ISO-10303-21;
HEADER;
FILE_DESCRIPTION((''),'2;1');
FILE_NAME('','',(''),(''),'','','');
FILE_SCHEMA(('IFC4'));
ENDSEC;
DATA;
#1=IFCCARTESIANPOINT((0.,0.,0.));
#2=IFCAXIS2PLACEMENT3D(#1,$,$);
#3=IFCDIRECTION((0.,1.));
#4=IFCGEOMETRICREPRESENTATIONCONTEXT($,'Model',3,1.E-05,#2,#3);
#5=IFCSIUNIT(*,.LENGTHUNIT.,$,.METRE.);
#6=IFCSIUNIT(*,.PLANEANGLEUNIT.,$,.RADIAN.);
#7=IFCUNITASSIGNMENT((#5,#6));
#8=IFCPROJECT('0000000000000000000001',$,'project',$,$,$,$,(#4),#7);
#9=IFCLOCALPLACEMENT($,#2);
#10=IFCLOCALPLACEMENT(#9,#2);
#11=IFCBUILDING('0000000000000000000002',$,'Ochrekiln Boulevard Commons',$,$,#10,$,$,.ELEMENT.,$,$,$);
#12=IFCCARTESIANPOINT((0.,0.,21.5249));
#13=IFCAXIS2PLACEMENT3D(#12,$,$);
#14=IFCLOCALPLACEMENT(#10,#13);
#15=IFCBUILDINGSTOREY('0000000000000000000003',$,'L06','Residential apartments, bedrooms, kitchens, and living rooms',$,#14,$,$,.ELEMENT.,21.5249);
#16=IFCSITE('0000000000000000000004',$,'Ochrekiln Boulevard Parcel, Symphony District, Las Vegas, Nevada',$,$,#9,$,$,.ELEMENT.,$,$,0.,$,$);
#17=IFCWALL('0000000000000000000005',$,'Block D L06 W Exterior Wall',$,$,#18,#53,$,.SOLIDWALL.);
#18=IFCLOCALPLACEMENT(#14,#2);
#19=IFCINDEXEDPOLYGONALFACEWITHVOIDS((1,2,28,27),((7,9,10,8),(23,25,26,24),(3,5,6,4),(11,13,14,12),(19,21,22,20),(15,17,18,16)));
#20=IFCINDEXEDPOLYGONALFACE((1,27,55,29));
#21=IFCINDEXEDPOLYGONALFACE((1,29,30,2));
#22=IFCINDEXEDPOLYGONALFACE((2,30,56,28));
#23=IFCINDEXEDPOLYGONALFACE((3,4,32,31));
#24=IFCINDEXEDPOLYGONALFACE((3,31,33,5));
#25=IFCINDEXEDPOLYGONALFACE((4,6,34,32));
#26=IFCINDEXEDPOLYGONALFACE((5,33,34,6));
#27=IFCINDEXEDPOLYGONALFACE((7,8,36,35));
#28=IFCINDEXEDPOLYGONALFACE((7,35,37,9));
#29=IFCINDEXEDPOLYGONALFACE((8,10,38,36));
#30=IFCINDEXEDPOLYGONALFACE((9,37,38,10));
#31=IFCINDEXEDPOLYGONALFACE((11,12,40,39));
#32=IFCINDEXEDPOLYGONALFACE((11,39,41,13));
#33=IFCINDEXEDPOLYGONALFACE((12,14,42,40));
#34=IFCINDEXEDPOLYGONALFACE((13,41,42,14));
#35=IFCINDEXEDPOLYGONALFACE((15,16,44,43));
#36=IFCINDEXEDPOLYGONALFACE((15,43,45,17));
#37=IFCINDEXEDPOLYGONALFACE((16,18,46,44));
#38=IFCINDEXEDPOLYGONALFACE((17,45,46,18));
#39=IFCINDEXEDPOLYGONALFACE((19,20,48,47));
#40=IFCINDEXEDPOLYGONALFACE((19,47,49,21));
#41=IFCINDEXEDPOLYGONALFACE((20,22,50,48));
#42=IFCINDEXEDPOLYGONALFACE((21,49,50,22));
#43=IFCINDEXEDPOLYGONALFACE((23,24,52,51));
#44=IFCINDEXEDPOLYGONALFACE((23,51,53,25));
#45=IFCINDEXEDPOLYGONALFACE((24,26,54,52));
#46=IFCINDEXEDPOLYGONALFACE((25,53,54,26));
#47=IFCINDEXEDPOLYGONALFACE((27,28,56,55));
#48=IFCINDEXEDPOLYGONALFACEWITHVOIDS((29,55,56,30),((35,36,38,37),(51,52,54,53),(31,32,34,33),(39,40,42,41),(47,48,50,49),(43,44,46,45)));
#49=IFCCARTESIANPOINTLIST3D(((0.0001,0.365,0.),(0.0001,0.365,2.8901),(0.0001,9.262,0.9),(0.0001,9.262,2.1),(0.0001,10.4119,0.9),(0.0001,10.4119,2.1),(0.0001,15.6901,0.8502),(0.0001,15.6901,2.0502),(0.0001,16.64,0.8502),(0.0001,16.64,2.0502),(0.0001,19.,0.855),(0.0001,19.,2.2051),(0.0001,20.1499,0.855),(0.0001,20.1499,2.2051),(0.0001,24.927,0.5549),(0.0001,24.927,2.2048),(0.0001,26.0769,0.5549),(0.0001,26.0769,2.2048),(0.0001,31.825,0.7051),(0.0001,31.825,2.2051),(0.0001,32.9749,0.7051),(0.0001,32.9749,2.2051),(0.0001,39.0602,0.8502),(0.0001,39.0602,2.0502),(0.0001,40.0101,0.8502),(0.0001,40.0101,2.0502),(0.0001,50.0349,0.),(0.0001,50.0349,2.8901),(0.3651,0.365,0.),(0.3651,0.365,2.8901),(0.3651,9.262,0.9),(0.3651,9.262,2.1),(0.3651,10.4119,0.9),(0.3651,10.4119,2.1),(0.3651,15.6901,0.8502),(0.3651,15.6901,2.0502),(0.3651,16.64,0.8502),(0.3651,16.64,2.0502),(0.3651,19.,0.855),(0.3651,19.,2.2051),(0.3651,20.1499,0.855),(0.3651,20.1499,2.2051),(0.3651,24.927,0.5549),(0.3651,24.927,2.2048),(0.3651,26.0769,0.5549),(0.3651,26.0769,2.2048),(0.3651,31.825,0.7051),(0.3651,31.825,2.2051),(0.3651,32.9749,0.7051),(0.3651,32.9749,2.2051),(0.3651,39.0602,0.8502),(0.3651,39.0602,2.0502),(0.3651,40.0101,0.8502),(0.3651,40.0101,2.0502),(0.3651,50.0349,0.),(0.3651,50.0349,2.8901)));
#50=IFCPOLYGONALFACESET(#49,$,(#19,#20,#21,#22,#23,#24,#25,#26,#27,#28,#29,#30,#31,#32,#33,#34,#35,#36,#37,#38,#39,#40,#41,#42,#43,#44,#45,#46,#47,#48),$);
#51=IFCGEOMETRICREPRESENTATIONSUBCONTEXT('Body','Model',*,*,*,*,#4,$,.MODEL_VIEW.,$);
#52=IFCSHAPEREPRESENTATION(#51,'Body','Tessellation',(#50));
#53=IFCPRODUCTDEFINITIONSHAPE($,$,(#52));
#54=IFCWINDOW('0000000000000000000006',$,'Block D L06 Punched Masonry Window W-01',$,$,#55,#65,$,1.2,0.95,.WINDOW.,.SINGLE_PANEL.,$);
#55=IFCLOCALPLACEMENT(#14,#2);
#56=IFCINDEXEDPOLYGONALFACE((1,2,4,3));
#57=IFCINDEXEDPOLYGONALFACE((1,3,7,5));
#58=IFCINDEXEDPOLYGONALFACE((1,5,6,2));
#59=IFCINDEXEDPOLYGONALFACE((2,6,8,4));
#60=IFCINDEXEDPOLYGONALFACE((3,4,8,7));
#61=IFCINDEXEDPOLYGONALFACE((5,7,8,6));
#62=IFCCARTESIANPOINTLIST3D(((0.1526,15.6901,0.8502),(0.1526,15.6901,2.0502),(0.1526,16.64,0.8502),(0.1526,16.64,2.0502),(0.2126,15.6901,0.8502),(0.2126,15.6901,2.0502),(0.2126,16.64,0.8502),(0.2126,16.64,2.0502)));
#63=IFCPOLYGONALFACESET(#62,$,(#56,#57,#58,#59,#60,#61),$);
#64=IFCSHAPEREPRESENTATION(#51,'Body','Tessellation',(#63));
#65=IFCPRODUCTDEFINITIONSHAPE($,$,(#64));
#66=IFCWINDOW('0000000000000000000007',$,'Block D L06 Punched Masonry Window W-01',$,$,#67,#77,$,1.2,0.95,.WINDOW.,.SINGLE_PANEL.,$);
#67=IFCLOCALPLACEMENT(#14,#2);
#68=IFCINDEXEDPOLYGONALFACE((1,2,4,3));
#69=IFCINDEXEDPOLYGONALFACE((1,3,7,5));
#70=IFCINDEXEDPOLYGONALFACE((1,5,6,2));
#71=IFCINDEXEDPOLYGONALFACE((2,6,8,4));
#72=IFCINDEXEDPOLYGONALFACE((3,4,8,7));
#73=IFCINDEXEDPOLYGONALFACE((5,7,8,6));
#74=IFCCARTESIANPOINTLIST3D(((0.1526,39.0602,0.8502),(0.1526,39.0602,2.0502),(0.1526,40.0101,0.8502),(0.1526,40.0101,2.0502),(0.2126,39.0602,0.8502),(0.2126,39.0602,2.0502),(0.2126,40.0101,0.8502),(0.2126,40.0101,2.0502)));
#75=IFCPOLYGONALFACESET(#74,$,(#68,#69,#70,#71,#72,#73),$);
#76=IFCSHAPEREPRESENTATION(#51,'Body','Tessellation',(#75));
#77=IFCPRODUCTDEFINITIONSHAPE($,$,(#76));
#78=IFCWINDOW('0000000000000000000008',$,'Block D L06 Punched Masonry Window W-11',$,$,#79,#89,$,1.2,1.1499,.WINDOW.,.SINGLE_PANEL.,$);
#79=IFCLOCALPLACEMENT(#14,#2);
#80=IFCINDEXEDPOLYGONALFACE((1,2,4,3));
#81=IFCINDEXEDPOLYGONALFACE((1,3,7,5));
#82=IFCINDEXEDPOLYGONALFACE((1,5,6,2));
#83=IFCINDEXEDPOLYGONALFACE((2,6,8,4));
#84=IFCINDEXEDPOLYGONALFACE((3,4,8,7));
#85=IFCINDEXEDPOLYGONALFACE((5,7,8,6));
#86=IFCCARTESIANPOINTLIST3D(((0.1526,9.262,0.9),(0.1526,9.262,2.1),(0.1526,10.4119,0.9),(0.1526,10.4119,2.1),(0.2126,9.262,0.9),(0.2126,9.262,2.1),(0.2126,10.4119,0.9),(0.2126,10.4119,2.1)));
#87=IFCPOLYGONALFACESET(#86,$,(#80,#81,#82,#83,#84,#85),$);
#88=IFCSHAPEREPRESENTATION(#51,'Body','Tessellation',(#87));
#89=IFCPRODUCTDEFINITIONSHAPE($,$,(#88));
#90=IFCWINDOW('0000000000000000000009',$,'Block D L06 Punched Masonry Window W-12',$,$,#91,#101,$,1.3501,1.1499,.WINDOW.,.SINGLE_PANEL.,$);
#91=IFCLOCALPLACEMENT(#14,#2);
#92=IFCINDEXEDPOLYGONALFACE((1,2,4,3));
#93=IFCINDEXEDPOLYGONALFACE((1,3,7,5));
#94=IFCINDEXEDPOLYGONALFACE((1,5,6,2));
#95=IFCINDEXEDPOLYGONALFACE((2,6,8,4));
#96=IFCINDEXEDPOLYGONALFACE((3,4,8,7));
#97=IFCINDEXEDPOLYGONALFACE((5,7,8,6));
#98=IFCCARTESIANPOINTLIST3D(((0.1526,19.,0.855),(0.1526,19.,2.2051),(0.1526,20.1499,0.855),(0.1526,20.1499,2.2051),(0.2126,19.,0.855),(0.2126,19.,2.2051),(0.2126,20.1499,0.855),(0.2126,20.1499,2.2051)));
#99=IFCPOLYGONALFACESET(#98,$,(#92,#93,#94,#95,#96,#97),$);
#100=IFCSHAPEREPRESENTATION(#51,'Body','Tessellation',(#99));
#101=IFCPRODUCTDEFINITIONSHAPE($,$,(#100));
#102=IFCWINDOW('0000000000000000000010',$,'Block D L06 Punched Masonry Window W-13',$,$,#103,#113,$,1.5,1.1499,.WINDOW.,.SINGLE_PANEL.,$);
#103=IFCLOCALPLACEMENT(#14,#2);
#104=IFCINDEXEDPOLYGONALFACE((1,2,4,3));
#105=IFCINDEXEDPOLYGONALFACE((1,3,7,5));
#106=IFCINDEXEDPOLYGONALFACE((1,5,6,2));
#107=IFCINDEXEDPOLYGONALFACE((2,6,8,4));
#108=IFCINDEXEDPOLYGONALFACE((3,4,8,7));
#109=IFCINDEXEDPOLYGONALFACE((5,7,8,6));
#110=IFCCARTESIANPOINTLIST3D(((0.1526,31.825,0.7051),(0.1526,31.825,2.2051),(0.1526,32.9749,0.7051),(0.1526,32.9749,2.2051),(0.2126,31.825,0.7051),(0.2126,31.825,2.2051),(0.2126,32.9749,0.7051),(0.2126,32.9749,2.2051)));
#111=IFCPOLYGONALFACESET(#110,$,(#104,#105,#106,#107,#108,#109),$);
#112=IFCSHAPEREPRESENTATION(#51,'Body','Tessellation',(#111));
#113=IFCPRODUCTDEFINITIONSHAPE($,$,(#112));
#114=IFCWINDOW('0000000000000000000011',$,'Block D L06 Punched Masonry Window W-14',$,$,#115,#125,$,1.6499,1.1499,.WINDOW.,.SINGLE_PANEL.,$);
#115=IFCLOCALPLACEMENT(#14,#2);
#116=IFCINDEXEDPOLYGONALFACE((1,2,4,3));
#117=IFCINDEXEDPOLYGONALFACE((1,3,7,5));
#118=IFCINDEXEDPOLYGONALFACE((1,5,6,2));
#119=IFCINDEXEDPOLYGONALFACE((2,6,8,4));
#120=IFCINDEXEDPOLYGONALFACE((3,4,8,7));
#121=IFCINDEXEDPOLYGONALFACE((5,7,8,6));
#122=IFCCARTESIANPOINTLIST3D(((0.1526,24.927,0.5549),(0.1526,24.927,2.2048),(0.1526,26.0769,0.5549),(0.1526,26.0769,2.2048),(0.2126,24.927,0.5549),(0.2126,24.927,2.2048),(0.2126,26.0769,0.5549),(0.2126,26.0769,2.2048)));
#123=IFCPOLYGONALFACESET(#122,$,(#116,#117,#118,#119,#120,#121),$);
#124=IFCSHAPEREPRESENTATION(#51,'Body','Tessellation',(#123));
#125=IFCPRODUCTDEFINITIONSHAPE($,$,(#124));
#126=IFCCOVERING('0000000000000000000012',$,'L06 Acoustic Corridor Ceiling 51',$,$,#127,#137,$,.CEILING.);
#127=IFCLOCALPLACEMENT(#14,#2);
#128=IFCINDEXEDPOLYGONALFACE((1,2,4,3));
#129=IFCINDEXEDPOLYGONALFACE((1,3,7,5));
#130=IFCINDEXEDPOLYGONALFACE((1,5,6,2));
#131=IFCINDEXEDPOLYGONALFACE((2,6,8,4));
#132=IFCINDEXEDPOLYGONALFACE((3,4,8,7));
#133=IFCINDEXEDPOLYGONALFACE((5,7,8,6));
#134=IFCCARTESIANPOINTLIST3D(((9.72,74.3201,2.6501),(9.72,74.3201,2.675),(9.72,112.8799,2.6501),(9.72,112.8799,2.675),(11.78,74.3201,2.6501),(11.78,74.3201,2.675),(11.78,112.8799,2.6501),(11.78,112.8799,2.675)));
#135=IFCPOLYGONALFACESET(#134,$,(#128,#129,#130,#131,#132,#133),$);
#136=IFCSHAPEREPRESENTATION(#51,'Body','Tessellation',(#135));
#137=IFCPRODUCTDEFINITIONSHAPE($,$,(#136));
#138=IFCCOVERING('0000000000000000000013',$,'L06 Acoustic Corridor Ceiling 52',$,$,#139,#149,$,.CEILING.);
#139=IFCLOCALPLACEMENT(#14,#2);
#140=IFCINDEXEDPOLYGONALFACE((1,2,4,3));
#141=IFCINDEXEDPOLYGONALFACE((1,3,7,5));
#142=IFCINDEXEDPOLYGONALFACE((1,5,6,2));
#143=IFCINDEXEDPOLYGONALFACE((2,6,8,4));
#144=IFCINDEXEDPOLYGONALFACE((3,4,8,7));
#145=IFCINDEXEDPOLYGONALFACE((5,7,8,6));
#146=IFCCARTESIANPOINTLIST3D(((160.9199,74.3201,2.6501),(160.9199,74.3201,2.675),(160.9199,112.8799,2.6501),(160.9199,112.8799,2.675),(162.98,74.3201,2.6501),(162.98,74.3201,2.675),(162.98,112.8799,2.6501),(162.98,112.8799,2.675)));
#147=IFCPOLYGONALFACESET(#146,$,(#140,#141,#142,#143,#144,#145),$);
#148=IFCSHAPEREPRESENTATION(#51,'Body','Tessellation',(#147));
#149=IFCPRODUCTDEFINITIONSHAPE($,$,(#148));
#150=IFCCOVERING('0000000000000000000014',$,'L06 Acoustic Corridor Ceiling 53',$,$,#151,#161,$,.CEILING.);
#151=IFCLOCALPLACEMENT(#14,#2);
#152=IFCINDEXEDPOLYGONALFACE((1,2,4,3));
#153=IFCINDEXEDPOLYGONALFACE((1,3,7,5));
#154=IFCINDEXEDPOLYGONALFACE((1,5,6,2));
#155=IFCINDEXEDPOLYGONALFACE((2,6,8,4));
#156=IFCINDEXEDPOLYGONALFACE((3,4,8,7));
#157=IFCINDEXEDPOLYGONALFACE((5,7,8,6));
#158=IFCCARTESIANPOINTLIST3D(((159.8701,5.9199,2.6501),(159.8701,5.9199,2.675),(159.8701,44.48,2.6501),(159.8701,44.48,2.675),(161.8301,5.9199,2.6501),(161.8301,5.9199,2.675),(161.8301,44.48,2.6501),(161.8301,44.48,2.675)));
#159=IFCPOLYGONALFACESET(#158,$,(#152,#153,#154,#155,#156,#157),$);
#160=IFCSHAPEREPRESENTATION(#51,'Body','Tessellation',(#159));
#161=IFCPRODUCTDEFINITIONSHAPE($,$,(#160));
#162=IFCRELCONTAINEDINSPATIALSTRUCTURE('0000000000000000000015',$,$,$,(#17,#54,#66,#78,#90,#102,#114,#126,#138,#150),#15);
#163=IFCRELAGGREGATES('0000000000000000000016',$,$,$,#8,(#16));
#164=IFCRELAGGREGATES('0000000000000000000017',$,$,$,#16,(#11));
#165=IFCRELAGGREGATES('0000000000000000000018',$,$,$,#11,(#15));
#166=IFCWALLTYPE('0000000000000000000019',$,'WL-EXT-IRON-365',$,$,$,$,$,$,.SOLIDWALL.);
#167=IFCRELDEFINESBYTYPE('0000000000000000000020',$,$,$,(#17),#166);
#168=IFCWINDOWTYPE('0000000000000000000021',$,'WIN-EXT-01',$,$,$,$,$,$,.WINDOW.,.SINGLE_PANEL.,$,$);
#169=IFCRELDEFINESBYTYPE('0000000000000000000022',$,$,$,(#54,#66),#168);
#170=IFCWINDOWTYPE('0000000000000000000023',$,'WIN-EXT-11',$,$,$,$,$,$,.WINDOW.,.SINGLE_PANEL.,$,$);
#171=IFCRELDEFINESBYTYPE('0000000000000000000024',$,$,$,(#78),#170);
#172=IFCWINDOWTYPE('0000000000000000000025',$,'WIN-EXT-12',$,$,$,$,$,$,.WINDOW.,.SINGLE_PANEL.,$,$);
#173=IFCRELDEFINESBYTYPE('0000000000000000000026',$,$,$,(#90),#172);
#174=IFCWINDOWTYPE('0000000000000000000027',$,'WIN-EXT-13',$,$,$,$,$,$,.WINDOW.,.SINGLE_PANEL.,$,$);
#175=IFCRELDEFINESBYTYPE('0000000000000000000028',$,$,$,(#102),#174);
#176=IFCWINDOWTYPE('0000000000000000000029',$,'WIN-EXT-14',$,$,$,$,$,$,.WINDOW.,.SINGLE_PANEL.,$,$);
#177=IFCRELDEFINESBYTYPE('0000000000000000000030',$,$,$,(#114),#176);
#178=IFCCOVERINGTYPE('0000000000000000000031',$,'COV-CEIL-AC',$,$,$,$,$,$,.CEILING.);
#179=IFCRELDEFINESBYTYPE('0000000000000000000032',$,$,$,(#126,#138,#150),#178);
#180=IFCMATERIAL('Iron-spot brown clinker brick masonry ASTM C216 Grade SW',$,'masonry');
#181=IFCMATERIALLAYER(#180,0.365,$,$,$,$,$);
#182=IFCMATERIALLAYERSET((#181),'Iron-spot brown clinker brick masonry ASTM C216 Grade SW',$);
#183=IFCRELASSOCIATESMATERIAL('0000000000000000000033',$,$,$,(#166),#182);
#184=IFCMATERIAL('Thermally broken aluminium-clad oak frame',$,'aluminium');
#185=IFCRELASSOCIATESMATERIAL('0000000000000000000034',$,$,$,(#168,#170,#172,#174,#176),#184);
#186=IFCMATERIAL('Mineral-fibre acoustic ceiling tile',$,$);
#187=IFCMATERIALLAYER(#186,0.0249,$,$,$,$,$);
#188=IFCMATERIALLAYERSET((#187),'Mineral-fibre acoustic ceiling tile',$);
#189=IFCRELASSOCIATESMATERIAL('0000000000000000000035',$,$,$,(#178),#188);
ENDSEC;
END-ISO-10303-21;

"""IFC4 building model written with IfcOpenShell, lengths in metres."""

from ifc_helpers import new_model, si_unit, direction, frame, frame_2d, origin, place, context, subcontext, project, spatial, polyline, rectangle, outline, extrude, material, layer, layer_set, type_object, element, fill, save


model = new_model("IFC4")

# Units and contexts
model_context = context("Model", 3, precision=1e-05, world=origin(), true_north=direction((0.0, 1.0)))
body_context = subcontext(model_context, "Body", "Model", "MODEL_VIEW")
ifc_project = project(units=[si_unit("LENGTHUNIT", "METRE"), si_unit("PLANEANGLEUNIT", "RADIAN")], contexts=[model_context])

# Site, building, storey
site_placement = place(None, origin())
site = spatial("IfcSite", under=ifc_project, at=site_placement, Name="Ochrekiln Boulevard Parcel, Symphony District, Las Vegas, Nevada", CompositionType="ELEMENT", RefElevation=0.0)
building_placement = place(site_placement, origin())
building = spatial("IfcBuilding", under=site, at=building_placement, Name="Ochrekiln Boulevard Commons", CompositionType="ELEMENT")
storey_placement = place(building_placement, frame((0.0, 0.0, 21.5249)))
storey = spatial("IfcBuildingStorey", under=building, at=storey_placement, Name="L06", Description="Residential apartments, bedrooms, kitchens, and living rooms", CompositionType="ELEMENT", Elevation=21.5249)

# Shared definitions
ifc_material_1 = material(Name="Iron-spot brown clinker brick masonry ASTM C216 Grade SW", Category="masonry")
ifc_layer_1 = layer(ifc_material_1, 0.365)
ifc_layer_set_1 = layer_set([ifc_layer_1], Name="Iron-spot brown clinker brick masonry ASTM C216 Grade SW")
wall_type = type_object("IfcWallType", Name="WL-EXT-IRON-365", PredefinedType="SOLIDWALL", material=ifc_layer_set_1)

# Wall, openings, windows
wall_1_placement = place(storey_placement, frame((0.1826, 0.365, 0.0), z_axis=(0.0, 0.0, 1.0), x_axis=(0.0, 1.0, 0.0)))
wall_1 = element("IfcWall", 1, at=wall_1_placement, inside=storey, type_object=wall_type, Name="Block D L06 W Exterior Wall", PredefinedType="SOLIDWALL", context=body_context, shape_type="SweptSolid", body=[
    extrude(rectangle(XDim=49.6699, YDim=0.365, at=frame_2d((24.835, 0.0))), origin(), (0.0, 0.0, 1.0), 2.8901),
])
opening_1_placement = place(wall_1_placement, frame((15.325, 0.0, 0.8501)))
opening_1 = element("IfcOpeningElement", 2, at=opening_1_placement, cuts=wall_1, PredefinedType="OPENING", context=body_context, shape_type="SweptSolid", body=[
    extrude(rectangle(XDim=0.95, YDim=1.2, at=frame_2d((0.4751, 0.6001))), frame((0.0, 0.1924, 0.0), z_axis=(0.0, -1.0, 0.0), x_axis=(1.0, 0.0, 0.0)), (0.0, 0.0, 1.0), 0.385),
])
opening_2_placement = place(wall_1_placement, frame((8.897, 0.0, 0.8999)))
opening_2 = element("IfcOpeningElement", 3, at=opening_2_placement, cuts=wall_1, PredefinedType="OPENING", context=body_context, shape_type="SweptSolid", body=[
    extrude(rectangle(XDim=1.1499, YDim=1.2, at=frame_2d((0.575, 0.6001))), frame((0.0, 0.1924, 0.0), z_axis=(0.0, -1.0, 0.0), x_axis=(1.0, 0.0, 0.0)), (0.0, 0.0, 1.0), 0.385),
])
opening_3_placement = place(wall_1_placement, frame((18.635, 0.0, 0.855)))
opening_3 = element("IfcOpeningElement", 4, at=opening_3_placement, cuts=wall_1, PredefinedType="OPENING", context=body_context, shape_type="SweptSolid", body=[
    extrude(rectangle(XDim=1.1499, YDim=1.3501, at=frame_2d((0.575, 0.675))), frame((0.0, 0.1924, 0.0), z_axis=(0.0, -1.0, 0.0), x_axis=(1.0, 0.0, 0.0)), (0.0, 0.0, 1.0), 0.385),
])
opening_4_placement = place(wall_1_placement, frame((31.46, 0.0, 0.7051)))
opening_4 = element("IfcOpeningElement", 5, at=opening_4_placement, cuts=wall_1, PredefinedType="OPENING", context=body_context, shape_type="SweptSolid", body=[
    extrude(rectangle(XDim=1.1499, YDim=1.5, at=frame_2d((0.575, 0.75))), frame((0.0, 0.1924, 0.0), z_axis=(0.0, -1.0, 0.0), x_axis=(1.0, 0.0, 0.0)), (0.0, 0.0, 1.0), 0.385),
])
opening_5_placement = place(wall_1_placement, frame((24.562, 0.0, 0.5549)))
opening_5 = element("IfcOpeningElement", 6, at=opening_5_placement, cuts=wall_1, PredefinedType="OPENING", context=body_context, shape_type="SweptSolid", body=[
    extrude(rectangle(XDim=1.1499, YDim=1.6499, at=frame_2d((0.575, 0.825))), frame((0.0, 0.1924, 0.0), z_axis=(0.0, -1.0, 0.0), x_axis=(1.0, 0.0, 0.0)), (0.0, 0.0, 1.0), 0.385),
])
opening_6_placement = place(wall_1_placement, frame((38.6951, 0.0, 0.8501)))
opening_6 = element("IfcOpeningElement", 7, at=opening_6_placement, cuts=wall_1, PredefinedType="OPENING", context=body_context, shape_type="SweptSolid", body=[
    extrude(rectangle(XDim=0.95, YDim=1.2, at=frame_2d((0.4751, 0.6001))), frame((0.0, 0.1924, 0.0), z_axis=(0.0, -1.0, 0.0), x_axis=(1.0, 0.0, 0.0)), (0.0, 0.0, 1.0), 0.385),
])
ifc_material_2 = material(Name="Thermally broken aluminium-clad oak frame", Category="aluminium")
window_type_1 = type_object("IfcWindowType", Name="WIN-EXT-01", PartitioningType="SINGLE_PANEL", PredefinedType="WINDOW", material=ifc_material_2)
window_1_placement = place(opening_1_placement, origin())
window_1 = element("IfcWindow", 8, at=window_1_placement, inside=storey, type_object=window_type_1, Name="Block D L06 Punched Masonry Window W-01", OverallHeight=1.2, OverallWidth=0.95, PartitioningType="SINGLE_PANEL", PredefinedType="WINDOW", context=body_context, shape_type="SweptSolid", body=[
    extrude(rectangle(XDim=0.95, YDim=1.2, at=frame_2d((0.4751, 0.6001))), frame((0.0, 0.03, 0.0), z_axis=(0.0, -1.0, 0.0), x_axis=(1.0, 0.0, 0.0)), (0.0, 0.0, 1.0), 0.0601),
])
fill(opening_1, window_1)
window_2_placement = place(opening_6_placement, origin())
window_2 = element("IfcWindow", 9, at=window_2_placement, inside=storey, type_object=window_type_1, Name="Block D L06 Punched Masonry Window W-01", OverallHeight=1.2, OverallWidth=0.95, PartitioningType="SINGLE_PANEL", PredefinedType="WINDOW", context=body_context, shape_type="SweptSolid", body=[
    extrude(rectangle(XDim=0.95, YDim=1.2, at=frame_2d((0.4751, 0.6001))), frame((0.0, 0.03, 0.0), z_axis=(0.0, -1.0, 0.0), x_axis=(1.0, 0.0, 0.0)), (0.0, 0.0, 1.0), 0.0601),
])
fill(opening_6, window_2)
window_type_2 = type_object("IfcWindowType", Name="WIN-EXT-11", PartitioningType="SINGLE_PANEL", PredefinedType="WINDOW", material=ifc_material_2)
window_3_placement = place(opening_2_placement, origin())
window_3 = element("IfcWindow", 10, at=window_3_placement, inside=storey, type_object=window_type_2, Name="Block D L06 Punched Masonry Window W-11", OverallHeight=1.2, OverallWidth=1.1499, PartitioningType="SINGLE_PANEL", PredefinedType="WINDOW", context=body_context, shape_type="SweptSolid", body=[
    extrude(rectangle(XDim=1.1499, YDim=1.2, at=frame_2d((0.575, 0.6001))), frame((0.0, 0.03, 0.0), z_axis=(0.0, -1.0, 0.0), x_axis=(1.0, 0.0, 0.0)), (0.0, 0.0, 1.0), 0.0601),
])
fill(opening_2, window_3)
window_type_3 = type_object("IfcWindowType", Name="WIN-EXT-12", PartitioningType="SINGLE_PANEL", PredefinedType="WINDOW", material=ifc_material_2)
window_4_placement = place(opening_3_placement, origin())
window_4 = element("IfcWindow", 11, at=window_4_placement, inside=storey, type_object=window_type_3, Name="Block D L06 Punched Masonry Window W-12", OverallHeight=1.3501, OverallWidth=1.1499, PartitioningType="SINGLE_PANEL", PredefinedType="WINDOW", context=body_context, shape_type="SweptSolid", body=[
    extrude(rectangle(XDim=1.1499, YDim=1.3501, at=frame_2d((0.575, 0.675))), frame((0.0, 0.03, 0.0), z_axis=(0.0, -1.0, 0.0), x_axis=(1.0, 0.0, 0.0)), (0.0, 0.0, 1.0), 0.0601),
])
fill(opening_3, window_4)
window_type_4 = type_object("IfcWindowType", Name="WIN-EXT-13", PartitioningType="SINGLE_PANEL", PredefinedType="WINDOW", material=ifc_material_2)
window_5_placement = place(opening_4_placement, origin())
window_5 = element("IfcWindow", 12, at=window_5_placement, inside=storey, type_object=window_type_4, Name="Block D L06 Punched Masonry Window W-13", OverallHeight=1.5, OverallWidth=1.1499, PartitioningType="SINGLE_PANEL", PredefinedType="WINDOW", context=body_context, shape_type="SweptSolid", body=[
    extrude(rectangle(XDim=1.1499, YDim=1.5, at=frame_2d((0.575, 0.75))), frame((0.0, 0.03, 0.0), z_axis=(0.0, -1.0, 0.0), x_axis=(1.0, 0.0, 0.0)), (0.0, 0.0, 1.0), 0.0601),
])
fill(opening_4, window_5)
window_type_5 = type_object("IfcWindowType", Name="WIN-EXT-14", PartitioningType="SINGLE_PANEL", PredefinedType="WINDOW", material=ifc_material_2)
window_6_placement = place(opening_5_placement, origin())
window_6 = element("IfcWindow", 13, at=window_6_placement, inside=storey, type_object=window_type_5, Name="Block D L06 Punched Masonry Window W-14", OverallHeight=1.6499, OverallWidth=1.1499, PartitioningType="SINGLE_PANEL", PredefinedType="WINDOW", context=body_context, shape_type="SweptSolid", body=[
    extrude(rectangle(XDim=1.1499, YDim=1.6499, at=frame_2d((0.575, 0.825))), frame((0.0, 0.03, 0.0), z_axis=(0.0, -1.0, 0.0), x_axis=(1.0, 0.0, 0.0)), (0.0, 0.0, 1.0), 0.0601),
])
fill(opening_5, window_6)

# Coverings
ifc_material_3 = material(Name="Mineral-fibre acoustic ceiling tile")
ifc_layer_2 = layer(ifc_material_3, 0.0249)
ifc_layer_set_2 = layer_set([ifc_layer_2], Name="Mineral-fibre acoustic ceiling tile")
covering_type = type_object("IfcCoveringType", Name="COV-CEIL-AC", PredefinedType="CEILING", material=ifc_layer_set_2)
covering_1_placement = place(storey_placement, frame((0.0, 0.0, 2.6501)))
element("IfcCovering", 14, at=covering_1_placement, inside=storey, type_object=covering_type, Name="L06 Acoustic Corridor Ceiling 51", PredefinedType="CEILING", context=body_context, shape_type="SweptSolid", body=[
    extrude(outline(polyline([(9.72, 74.3201), (11.78, 74.3201), (11.78, 112.8799), (9.72, 112.8799), (9.72, 74.3201)])), origin(), (0.0, 0.0, 1.0), 0.0249),
])
covering_2_placement = place(storey_placement, frame((0.0, 0.0, 2.6501)))
element("IfcCovering", 15, at=covering_2_placement, inside=storey, type_object=covering_type, Name="L06 Acoustic Corridor Ceiling 52", PredefinedType="CEILING", context=body_context, shape_type="SweptSolid", body=[
    extrude(outline(polyline([(160.9199, 74.3201), (162.98, 74.3201), (162.98, 112.8799), (160.9199, 112.8799), (160.9199, 74.3201)])), origin(), (0.0, 0.0, 1.0), 0.0249),
])
covering_3_placement = place(storey_placement, frame((0.0, 0.0, 2.6501)))
element("IfcCovering", 16, at=covering_3_placement, inside=storey, type_object=covering_type, Name="L06 Acoustic Corridor Ceiling 53", PredefinedType="CEILING", context=body_context, shape_type="SweptSolid", body=[
    extrude(outline(polyline([(159.8701, 5.9199), (161.8301, 5.9199), (161.8301, 44.48), (159.8701, 44.48), (159.8701, 5.9199)])), origin(), (0.0, 0.0, 1.0), 0.0249),
])

save(model, "model.ifc")
